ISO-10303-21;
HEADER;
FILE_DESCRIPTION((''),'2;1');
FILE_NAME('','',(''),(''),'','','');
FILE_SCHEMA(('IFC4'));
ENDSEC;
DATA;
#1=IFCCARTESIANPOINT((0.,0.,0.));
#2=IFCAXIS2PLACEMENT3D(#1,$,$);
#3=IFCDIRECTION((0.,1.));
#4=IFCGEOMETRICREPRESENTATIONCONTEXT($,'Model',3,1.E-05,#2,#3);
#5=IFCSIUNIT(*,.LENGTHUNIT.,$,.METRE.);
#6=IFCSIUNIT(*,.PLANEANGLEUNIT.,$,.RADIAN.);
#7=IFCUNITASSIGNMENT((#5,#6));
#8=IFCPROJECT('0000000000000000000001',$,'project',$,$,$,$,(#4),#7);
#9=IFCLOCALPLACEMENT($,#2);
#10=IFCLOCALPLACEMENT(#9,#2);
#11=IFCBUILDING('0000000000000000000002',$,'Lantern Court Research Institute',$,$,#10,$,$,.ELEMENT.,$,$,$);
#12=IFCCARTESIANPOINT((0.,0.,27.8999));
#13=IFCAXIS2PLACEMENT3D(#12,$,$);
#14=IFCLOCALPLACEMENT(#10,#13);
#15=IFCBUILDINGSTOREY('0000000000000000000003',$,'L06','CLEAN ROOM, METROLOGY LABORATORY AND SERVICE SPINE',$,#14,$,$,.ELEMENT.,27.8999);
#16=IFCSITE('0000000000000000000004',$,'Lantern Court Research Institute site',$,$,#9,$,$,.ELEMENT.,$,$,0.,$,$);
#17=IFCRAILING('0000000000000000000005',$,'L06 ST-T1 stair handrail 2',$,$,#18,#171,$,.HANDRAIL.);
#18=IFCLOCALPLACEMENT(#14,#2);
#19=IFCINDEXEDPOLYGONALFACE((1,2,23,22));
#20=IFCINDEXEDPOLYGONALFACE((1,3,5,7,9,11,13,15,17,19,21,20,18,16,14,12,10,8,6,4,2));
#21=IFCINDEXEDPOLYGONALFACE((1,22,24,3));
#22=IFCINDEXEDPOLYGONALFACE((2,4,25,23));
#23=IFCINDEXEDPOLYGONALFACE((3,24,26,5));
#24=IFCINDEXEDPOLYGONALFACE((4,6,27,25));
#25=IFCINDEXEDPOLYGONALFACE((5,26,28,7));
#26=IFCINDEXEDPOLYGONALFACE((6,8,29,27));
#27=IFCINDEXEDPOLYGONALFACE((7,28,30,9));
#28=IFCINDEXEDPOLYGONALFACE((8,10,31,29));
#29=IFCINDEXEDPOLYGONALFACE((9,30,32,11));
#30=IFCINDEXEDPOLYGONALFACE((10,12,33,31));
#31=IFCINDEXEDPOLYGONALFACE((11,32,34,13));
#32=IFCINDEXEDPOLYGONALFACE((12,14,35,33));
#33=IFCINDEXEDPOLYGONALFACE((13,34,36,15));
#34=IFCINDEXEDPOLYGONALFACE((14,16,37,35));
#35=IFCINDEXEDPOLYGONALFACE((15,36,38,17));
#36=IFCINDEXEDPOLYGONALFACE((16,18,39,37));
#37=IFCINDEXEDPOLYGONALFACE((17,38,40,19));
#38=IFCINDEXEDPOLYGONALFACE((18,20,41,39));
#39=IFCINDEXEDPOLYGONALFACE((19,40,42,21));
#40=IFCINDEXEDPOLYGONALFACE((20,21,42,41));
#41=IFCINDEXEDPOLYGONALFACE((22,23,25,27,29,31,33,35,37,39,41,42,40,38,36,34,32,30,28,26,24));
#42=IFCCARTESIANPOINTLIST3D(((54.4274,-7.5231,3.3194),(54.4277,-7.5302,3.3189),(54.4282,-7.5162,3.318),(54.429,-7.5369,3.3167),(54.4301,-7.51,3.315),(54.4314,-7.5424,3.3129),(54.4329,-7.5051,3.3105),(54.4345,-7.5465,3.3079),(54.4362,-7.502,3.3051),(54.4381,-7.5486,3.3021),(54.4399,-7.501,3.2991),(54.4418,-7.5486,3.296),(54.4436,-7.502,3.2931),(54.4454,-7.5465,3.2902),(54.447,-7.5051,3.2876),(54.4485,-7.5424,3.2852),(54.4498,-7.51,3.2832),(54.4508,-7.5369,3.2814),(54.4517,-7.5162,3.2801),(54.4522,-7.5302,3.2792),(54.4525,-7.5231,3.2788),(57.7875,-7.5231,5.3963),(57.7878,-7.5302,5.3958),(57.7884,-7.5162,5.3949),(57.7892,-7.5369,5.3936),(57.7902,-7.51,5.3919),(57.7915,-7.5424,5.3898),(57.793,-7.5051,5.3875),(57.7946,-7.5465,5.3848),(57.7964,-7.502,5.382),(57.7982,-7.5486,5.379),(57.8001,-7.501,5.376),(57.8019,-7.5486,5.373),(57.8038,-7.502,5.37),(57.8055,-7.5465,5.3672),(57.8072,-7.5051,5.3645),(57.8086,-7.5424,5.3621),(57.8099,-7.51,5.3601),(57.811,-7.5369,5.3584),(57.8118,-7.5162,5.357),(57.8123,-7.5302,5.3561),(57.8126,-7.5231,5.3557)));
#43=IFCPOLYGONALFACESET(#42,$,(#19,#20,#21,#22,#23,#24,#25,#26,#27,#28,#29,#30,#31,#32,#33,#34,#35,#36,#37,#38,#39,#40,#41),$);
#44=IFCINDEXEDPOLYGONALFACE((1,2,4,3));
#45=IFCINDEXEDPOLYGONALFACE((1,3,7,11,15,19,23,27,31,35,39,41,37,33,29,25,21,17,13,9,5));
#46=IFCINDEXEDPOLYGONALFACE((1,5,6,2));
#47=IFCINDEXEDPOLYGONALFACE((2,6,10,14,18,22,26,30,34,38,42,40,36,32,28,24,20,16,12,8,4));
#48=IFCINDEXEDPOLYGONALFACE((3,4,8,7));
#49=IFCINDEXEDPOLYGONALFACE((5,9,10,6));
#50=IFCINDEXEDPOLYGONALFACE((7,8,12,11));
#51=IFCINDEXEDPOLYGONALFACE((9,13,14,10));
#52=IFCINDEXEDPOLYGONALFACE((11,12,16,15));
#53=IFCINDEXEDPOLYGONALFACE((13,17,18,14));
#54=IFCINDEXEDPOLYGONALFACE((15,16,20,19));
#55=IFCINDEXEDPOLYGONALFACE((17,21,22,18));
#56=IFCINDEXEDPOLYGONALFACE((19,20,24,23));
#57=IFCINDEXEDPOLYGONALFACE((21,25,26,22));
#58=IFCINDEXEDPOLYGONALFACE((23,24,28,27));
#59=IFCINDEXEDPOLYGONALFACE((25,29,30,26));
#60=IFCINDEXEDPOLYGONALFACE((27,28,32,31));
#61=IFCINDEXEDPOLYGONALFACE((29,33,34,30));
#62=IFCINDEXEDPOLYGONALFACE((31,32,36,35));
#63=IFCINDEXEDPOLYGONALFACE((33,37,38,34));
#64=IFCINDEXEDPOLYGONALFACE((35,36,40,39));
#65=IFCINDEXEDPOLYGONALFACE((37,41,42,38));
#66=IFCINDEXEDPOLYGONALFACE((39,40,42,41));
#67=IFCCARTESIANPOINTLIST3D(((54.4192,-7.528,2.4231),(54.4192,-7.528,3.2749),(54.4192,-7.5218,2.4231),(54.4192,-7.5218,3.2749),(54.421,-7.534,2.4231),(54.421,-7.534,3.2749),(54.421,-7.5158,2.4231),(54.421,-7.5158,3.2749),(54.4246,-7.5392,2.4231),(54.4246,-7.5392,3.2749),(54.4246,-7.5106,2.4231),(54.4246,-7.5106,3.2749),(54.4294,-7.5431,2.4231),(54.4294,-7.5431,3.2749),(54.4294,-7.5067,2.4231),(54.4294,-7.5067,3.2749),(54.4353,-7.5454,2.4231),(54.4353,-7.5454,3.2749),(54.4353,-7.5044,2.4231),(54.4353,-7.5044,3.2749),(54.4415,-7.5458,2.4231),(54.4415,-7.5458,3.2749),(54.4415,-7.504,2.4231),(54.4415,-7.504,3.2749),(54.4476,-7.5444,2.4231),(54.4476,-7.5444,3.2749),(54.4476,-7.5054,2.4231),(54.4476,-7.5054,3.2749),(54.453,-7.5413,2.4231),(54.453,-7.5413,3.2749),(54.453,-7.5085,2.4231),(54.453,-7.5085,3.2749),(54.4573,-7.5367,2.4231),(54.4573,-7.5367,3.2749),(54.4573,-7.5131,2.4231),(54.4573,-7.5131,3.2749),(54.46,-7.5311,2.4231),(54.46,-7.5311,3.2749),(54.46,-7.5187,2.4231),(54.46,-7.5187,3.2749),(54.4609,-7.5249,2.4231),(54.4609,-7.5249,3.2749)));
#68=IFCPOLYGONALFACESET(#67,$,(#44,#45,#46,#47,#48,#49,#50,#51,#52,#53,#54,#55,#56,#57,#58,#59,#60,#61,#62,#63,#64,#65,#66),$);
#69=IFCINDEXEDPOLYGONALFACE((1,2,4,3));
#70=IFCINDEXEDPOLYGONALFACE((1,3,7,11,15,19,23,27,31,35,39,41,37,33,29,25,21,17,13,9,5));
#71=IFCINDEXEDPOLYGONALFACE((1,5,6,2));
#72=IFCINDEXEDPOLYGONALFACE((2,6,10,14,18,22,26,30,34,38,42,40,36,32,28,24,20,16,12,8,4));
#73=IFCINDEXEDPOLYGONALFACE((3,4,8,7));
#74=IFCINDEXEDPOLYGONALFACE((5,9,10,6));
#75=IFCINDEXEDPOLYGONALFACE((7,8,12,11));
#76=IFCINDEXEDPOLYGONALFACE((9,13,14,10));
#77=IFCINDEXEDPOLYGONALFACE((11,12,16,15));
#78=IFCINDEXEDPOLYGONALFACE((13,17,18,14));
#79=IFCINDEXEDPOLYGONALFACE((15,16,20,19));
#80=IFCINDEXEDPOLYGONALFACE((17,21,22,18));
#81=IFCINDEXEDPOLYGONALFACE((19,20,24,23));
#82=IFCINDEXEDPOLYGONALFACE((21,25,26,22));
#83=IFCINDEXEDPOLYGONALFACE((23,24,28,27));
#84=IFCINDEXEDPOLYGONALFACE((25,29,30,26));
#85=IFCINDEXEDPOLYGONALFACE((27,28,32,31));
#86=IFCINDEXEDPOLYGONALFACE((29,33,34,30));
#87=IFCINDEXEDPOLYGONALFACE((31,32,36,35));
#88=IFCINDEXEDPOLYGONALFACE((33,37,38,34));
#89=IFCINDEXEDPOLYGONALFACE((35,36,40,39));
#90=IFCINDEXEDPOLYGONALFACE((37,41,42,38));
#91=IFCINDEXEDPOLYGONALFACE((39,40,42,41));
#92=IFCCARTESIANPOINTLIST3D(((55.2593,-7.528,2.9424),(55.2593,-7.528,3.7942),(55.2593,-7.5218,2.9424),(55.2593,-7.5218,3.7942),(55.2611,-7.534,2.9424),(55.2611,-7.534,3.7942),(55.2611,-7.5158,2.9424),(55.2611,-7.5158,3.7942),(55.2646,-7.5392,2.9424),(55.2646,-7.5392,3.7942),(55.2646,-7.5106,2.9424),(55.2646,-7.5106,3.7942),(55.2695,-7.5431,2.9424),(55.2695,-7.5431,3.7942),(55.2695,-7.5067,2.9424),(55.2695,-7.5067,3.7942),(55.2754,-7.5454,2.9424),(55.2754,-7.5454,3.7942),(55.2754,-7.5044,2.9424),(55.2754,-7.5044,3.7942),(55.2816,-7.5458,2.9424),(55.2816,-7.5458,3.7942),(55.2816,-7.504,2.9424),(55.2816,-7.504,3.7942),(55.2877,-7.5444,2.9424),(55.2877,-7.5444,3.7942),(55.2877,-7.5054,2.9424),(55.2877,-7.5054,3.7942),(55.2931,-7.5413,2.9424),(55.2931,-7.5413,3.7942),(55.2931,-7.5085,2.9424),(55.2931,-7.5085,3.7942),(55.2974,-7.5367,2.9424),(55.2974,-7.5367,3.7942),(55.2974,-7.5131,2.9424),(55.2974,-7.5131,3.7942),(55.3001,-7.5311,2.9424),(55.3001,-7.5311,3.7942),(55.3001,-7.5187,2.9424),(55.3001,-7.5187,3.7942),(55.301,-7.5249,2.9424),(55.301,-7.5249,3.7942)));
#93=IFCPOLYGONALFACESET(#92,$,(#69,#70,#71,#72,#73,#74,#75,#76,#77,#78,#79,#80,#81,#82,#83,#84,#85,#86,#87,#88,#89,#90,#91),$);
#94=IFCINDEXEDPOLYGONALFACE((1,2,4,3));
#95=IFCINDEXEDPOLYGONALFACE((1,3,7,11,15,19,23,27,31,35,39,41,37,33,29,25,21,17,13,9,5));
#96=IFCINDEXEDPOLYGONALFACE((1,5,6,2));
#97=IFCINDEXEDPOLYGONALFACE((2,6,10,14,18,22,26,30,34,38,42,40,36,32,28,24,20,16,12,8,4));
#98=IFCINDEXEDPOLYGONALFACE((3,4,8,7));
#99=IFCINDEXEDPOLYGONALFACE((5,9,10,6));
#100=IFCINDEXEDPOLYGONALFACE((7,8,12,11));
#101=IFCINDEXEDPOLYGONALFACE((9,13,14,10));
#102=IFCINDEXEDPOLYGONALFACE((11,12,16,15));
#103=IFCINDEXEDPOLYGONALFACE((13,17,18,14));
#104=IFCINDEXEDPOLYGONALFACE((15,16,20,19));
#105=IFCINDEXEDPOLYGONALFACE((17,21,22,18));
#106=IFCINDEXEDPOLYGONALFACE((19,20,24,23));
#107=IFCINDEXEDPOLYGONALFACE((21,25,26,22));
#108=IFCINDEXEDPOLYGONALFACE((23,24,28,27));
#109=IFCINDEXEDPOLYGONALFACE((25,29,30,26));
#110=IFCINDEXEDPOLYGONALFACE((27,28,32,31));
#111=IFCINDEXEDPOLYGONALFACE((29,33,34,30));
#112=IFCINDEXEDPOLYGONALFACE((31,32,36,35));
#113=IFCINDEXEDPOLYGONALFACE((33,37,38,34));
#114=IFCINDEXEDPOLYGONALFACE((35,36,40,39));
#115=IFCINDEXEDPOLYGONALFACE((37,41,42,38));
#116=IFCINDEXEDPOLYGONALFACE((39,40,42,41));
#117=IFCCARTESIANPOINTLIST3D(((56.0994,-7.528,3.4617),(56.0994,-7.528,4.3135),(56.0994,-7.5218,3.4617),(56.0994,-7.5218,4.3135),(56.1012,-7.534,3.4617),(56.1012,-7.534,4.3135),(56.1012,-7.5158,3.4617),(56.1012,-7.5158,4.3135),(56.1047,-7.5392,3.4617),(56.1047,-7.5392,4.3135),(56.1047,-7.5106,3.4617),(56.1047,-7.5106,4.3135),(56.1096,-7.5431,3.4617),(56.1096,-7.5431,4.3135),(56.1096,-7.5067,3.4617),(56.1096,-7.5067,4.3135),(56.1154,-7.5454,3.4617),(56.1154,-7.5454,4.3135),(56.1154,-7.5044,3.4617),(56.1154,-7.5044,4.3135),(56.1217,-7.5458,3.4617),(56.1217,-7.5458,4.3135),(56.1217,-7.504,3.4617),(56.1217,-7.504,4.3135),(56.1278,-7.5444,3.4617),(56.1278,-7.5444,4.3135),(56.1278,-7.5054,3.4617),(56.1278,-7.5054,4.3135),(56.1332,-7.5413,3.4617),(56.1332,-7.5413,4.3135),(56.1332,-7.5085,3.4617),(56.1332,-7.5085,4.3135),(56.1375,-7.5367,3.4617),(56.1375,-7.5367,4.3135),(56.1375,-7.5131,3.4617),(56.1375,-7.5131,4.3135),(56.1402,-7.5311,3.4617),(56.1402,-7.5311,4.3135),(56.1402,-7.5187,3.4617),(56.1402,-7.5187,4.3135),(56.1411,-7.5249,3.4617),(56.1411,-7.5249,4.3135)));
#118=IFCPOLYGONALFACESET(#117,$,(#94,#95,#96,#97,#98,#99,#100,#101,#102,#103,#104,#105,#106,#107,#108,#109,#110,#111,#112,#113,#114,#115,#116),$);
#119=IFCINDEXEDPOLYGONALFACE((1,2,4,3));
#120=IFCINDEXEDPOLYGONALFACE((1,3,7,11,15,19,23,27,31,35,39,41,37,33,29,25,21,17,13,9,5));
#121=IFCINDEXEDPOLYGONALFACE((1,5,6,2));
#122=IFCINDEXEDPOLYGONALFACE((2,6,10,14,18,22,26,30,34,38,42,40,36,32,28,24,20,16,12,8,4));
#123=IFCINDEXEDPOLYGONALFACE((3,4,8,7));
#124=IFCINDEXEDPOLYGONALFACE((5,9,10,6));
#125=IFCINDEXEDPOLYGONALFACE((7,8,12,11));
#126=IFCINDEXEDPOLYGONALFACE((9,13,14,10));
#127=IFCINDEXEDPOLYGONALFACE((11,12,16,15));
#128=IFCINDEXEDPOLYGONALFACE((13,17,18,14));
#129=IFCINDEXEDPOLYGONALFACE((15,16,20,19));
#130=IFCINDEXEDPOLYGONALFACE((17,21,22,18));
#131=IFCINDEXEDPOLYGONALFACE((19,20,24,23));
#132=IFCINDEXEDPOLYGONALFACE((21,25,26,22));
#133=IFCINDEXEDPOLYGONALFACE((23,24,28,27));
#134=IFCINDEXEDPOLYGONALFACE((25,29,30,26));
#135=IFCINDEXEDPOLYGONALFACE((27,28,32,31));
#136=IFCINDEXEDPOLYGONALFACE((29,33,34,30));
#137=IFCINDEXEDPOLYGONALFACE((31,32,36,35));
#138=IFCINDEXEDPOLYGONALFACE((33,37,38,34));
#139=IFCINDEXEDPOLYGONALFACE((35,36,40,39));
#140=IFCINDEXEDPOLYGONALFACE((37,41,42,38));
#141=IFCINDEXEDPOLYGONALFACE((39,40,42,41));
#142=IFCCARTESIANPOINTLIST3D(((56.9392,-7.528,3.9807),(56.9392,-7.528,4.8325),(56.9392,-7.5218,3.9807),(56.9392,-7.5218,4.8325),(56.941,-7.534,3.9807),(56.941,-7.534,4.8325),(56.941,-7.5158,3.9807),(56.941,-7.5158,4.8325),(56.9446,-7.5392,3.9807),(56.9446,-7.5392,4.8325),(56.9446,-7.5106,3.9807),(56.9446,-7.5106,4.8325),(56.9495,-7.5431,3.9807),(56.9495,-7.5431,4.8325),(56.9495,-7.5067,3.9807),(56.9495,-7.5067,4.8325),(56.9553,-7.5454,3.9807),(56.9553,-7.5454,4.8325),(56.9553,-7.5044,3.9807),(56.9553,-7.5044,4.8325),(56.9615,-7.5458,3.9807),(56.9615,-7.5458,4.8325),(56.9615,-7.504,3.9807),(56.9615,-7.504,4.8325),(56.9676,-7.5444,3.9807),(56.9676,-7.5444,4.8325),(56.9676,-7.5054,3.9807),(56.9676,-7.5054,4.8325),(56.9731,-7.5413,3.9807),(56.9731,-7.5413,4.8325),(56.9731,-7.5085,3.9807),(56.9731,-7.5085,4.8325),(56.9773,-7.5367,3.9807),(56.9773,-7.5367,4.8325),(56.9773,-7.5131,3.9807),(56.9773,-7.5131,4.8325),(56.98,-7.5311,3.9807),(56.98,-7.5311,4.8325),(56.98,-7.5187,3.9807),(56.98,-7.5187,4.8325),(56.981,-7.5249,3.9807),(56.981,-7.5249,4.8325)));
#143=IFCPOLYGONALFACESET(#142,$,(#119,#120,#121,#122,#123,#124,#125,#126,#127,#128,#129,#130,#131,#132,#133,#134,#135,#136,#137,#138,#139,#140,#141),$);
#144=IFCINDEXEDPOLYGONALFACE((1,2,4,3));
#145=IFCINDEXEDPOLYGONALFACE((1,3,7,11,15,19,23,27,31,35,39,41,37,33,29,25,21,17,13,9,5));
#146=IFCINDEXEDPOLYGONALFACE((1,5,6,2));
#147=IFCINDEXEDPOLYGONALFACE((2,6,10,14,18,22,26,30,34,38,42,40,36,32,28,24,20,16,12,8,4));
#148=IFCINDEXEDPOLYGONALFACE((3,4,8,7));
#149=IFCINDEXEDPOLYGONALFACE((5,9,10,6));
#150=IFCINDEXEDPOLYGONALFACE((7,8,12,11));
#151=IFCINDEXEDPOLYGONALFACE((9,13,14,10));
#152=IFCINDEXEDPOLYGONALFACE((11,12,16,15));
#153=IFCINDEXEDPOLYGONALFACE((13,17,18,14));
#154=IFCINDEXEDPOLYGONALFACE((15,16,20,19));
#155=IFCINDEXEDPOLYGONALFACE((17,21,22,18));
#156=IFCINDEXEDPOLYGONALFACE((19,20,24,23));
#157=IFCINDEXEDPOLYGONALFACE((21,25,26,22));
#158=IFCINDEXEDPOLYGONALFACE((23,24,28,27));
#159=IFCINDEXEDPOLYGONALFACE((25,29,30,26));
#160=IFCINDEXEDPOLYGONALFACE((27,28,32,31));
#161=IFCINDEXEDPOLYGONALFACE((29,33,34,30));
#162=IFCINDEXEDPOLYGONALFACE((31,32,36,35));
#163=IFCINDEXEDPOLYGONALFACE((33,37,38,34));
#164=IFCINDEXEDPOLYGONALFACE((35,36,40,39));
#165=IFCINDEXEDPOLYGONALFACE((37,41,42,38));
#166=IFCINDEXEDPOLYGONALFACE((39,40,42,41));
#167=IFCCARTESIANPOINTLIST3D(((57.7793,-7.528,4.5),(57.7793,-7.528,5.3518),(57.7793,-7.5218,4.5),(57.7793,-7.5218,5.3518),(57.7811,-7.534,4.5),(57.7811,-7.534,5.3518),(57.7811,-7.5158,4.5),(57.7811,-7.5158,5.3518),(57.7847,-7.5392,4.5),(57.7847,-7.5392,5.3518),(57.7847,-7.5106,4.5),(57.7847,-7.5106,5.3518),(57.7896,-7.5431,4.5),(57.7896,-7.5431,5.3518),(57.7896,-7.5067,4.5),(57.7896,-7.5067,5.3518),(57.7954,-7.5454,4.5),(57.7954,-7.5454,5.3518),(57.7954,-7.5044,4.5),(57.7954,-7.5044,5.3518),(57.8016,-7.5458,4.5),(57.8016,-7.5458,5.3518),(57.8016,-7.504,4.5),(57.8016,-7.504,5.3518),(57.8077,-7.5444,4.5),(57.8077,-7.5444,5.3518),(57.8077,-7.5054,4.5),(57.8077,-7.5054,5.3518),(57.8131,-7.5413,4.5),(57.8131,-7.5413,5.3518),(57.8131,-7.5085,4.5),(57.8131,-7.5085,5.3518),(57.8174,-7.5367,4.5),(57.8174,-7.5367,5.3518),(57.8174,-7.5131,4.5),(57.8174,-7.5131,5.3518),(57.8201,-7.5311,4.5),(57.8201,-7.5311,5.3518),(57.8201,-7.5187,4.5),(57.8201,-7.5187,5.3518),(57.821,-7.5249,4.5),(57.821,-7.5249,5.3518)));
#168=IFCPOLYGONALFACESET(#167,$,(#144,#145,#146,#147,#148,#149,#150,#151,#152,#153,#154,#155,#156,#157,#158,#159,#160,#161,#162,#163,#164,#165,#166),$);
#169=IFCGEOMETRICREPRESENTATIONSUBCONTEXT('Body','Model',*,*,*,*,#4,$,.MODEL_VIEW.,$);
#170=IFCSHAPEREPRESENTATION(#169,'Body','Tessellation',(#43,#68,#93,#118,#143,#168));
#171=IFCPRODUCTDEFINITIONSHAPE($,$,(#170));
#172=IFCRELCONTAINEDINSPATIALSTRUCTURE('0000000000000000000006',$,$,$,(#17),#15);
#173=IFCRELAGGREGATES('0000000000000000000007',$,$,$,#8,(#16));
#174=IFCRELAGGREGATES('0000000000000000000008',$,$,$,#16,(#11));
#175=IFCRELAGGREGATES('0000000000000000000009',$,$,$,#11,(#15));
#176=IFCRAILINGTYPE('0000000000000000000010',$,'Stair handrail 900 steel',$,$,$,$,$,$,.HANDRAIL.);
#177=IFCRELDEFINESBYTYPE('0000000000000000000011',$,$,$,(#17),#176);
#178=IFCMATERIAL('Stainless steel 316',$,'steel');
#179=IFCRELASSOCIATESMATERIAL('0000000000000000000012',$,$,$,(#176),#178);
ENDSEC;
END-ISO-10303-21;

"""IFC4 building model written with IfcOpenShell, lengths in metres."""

from ifc_helpers import new_model, si_unit, direction, frame, origin, origin_2d, place, context, subcontext, project, spatial, circle, extrude, material, type_object, element, save


model = new_model("IFC4")

# Units and contexts
model_context = context("Model", 3, precision=1e-05, world=origin(), true_north=direction((0.0, 1.0)))
body_context = subcontext(model_context, "Body", "Model", "MODEL_VIEW")
ifc_project = project(units=[si_unit("LENGTHUNIT", "METRE"), si_unit("PLANEANGLEUNIT", "RADIAN")], contexts=[model_context])

# Site, building, storey
site_placement = place(None, origin())
site = spatial("IfcSite", under=ifc_project, at=site_placement, Name="Lantern Court Research Institute site", CompositionType="ELEMENT", RefElevation=0.0)
building_placement = place(site_placement, origin())
building = spatial("IfcBuilding", under=site, at=building_placement, Name="Lantern Court Research Institute", CompositionType="ELEMENT")
storey_placement = place(building_placement, frame((0.0, 0.0, 27.8999)))
storey = spatial("IfcBuildingStorey", under=building, at=storey_placement, Name="L06", Description="CLEAN ROOM, METROLOGY LABORATORY AND SERVICE SPINE", CompositionType="ELEMENT", Elevation=27.8999)

# Railing
ifc_material_1 = material(Name="Stainless steel 316", Category="steel")
railing_type_1 = type_object("IfcRailingType", Name="Stair handrail 900 steel", PredefinedType="HANDRAIL", material=ifc_material_1)
railing_1_placement = place(storey_placement, frame((54.4399, -7.5249, 2.4231)))
element("IfcRailing", 1, at=railing_1_placement, inside=storey, type_object=railing_type_1, Name="L06 ST-T1 stair handrail 2", PredefinedType="HANDRAIL", context=body_context, shape_type="SweptSolid", body=[
    extrude(circle(Radius=0.0239, at=origin_2d()), frame((0.0, 0.0, 0.876), z_axis=(0.850623, 0.0, 0.525776), x_axis=(0.0, 1.0, 0.0)), (0.0, 0.0, 1.0), 3.9502),
    extrude(circle(Radius=0.021, at=origin_2d()), origin(), (0.0, 0.0, 1.0), 0.8518),
    extrude(circle(Radius=0.021, at=origin_2d()), frame((0.8401, 0.0, 0.5193)), (0.0, 0.0, 1.0), 0.8518),
    extrude(circle(Radius=0.021, at=origin_2d()), frame((1.6802, 0.0, 1.0386)), (0.0, 0.0, 1.0), 0.8518),
    extrude(circle(Radius=0.021, at=origin_2d()), frame((2.52, 0.0, 1.5576)), (0.0, 0.0, 1.0), 0.8518),
    extrude(circle(Radius=0.021, at=origin_2d()), frame((3.3601, 0.0, 2.0769)), (0.0, 0.0, 1.0), 0.8518),
])

save(model, "model.ifc")
